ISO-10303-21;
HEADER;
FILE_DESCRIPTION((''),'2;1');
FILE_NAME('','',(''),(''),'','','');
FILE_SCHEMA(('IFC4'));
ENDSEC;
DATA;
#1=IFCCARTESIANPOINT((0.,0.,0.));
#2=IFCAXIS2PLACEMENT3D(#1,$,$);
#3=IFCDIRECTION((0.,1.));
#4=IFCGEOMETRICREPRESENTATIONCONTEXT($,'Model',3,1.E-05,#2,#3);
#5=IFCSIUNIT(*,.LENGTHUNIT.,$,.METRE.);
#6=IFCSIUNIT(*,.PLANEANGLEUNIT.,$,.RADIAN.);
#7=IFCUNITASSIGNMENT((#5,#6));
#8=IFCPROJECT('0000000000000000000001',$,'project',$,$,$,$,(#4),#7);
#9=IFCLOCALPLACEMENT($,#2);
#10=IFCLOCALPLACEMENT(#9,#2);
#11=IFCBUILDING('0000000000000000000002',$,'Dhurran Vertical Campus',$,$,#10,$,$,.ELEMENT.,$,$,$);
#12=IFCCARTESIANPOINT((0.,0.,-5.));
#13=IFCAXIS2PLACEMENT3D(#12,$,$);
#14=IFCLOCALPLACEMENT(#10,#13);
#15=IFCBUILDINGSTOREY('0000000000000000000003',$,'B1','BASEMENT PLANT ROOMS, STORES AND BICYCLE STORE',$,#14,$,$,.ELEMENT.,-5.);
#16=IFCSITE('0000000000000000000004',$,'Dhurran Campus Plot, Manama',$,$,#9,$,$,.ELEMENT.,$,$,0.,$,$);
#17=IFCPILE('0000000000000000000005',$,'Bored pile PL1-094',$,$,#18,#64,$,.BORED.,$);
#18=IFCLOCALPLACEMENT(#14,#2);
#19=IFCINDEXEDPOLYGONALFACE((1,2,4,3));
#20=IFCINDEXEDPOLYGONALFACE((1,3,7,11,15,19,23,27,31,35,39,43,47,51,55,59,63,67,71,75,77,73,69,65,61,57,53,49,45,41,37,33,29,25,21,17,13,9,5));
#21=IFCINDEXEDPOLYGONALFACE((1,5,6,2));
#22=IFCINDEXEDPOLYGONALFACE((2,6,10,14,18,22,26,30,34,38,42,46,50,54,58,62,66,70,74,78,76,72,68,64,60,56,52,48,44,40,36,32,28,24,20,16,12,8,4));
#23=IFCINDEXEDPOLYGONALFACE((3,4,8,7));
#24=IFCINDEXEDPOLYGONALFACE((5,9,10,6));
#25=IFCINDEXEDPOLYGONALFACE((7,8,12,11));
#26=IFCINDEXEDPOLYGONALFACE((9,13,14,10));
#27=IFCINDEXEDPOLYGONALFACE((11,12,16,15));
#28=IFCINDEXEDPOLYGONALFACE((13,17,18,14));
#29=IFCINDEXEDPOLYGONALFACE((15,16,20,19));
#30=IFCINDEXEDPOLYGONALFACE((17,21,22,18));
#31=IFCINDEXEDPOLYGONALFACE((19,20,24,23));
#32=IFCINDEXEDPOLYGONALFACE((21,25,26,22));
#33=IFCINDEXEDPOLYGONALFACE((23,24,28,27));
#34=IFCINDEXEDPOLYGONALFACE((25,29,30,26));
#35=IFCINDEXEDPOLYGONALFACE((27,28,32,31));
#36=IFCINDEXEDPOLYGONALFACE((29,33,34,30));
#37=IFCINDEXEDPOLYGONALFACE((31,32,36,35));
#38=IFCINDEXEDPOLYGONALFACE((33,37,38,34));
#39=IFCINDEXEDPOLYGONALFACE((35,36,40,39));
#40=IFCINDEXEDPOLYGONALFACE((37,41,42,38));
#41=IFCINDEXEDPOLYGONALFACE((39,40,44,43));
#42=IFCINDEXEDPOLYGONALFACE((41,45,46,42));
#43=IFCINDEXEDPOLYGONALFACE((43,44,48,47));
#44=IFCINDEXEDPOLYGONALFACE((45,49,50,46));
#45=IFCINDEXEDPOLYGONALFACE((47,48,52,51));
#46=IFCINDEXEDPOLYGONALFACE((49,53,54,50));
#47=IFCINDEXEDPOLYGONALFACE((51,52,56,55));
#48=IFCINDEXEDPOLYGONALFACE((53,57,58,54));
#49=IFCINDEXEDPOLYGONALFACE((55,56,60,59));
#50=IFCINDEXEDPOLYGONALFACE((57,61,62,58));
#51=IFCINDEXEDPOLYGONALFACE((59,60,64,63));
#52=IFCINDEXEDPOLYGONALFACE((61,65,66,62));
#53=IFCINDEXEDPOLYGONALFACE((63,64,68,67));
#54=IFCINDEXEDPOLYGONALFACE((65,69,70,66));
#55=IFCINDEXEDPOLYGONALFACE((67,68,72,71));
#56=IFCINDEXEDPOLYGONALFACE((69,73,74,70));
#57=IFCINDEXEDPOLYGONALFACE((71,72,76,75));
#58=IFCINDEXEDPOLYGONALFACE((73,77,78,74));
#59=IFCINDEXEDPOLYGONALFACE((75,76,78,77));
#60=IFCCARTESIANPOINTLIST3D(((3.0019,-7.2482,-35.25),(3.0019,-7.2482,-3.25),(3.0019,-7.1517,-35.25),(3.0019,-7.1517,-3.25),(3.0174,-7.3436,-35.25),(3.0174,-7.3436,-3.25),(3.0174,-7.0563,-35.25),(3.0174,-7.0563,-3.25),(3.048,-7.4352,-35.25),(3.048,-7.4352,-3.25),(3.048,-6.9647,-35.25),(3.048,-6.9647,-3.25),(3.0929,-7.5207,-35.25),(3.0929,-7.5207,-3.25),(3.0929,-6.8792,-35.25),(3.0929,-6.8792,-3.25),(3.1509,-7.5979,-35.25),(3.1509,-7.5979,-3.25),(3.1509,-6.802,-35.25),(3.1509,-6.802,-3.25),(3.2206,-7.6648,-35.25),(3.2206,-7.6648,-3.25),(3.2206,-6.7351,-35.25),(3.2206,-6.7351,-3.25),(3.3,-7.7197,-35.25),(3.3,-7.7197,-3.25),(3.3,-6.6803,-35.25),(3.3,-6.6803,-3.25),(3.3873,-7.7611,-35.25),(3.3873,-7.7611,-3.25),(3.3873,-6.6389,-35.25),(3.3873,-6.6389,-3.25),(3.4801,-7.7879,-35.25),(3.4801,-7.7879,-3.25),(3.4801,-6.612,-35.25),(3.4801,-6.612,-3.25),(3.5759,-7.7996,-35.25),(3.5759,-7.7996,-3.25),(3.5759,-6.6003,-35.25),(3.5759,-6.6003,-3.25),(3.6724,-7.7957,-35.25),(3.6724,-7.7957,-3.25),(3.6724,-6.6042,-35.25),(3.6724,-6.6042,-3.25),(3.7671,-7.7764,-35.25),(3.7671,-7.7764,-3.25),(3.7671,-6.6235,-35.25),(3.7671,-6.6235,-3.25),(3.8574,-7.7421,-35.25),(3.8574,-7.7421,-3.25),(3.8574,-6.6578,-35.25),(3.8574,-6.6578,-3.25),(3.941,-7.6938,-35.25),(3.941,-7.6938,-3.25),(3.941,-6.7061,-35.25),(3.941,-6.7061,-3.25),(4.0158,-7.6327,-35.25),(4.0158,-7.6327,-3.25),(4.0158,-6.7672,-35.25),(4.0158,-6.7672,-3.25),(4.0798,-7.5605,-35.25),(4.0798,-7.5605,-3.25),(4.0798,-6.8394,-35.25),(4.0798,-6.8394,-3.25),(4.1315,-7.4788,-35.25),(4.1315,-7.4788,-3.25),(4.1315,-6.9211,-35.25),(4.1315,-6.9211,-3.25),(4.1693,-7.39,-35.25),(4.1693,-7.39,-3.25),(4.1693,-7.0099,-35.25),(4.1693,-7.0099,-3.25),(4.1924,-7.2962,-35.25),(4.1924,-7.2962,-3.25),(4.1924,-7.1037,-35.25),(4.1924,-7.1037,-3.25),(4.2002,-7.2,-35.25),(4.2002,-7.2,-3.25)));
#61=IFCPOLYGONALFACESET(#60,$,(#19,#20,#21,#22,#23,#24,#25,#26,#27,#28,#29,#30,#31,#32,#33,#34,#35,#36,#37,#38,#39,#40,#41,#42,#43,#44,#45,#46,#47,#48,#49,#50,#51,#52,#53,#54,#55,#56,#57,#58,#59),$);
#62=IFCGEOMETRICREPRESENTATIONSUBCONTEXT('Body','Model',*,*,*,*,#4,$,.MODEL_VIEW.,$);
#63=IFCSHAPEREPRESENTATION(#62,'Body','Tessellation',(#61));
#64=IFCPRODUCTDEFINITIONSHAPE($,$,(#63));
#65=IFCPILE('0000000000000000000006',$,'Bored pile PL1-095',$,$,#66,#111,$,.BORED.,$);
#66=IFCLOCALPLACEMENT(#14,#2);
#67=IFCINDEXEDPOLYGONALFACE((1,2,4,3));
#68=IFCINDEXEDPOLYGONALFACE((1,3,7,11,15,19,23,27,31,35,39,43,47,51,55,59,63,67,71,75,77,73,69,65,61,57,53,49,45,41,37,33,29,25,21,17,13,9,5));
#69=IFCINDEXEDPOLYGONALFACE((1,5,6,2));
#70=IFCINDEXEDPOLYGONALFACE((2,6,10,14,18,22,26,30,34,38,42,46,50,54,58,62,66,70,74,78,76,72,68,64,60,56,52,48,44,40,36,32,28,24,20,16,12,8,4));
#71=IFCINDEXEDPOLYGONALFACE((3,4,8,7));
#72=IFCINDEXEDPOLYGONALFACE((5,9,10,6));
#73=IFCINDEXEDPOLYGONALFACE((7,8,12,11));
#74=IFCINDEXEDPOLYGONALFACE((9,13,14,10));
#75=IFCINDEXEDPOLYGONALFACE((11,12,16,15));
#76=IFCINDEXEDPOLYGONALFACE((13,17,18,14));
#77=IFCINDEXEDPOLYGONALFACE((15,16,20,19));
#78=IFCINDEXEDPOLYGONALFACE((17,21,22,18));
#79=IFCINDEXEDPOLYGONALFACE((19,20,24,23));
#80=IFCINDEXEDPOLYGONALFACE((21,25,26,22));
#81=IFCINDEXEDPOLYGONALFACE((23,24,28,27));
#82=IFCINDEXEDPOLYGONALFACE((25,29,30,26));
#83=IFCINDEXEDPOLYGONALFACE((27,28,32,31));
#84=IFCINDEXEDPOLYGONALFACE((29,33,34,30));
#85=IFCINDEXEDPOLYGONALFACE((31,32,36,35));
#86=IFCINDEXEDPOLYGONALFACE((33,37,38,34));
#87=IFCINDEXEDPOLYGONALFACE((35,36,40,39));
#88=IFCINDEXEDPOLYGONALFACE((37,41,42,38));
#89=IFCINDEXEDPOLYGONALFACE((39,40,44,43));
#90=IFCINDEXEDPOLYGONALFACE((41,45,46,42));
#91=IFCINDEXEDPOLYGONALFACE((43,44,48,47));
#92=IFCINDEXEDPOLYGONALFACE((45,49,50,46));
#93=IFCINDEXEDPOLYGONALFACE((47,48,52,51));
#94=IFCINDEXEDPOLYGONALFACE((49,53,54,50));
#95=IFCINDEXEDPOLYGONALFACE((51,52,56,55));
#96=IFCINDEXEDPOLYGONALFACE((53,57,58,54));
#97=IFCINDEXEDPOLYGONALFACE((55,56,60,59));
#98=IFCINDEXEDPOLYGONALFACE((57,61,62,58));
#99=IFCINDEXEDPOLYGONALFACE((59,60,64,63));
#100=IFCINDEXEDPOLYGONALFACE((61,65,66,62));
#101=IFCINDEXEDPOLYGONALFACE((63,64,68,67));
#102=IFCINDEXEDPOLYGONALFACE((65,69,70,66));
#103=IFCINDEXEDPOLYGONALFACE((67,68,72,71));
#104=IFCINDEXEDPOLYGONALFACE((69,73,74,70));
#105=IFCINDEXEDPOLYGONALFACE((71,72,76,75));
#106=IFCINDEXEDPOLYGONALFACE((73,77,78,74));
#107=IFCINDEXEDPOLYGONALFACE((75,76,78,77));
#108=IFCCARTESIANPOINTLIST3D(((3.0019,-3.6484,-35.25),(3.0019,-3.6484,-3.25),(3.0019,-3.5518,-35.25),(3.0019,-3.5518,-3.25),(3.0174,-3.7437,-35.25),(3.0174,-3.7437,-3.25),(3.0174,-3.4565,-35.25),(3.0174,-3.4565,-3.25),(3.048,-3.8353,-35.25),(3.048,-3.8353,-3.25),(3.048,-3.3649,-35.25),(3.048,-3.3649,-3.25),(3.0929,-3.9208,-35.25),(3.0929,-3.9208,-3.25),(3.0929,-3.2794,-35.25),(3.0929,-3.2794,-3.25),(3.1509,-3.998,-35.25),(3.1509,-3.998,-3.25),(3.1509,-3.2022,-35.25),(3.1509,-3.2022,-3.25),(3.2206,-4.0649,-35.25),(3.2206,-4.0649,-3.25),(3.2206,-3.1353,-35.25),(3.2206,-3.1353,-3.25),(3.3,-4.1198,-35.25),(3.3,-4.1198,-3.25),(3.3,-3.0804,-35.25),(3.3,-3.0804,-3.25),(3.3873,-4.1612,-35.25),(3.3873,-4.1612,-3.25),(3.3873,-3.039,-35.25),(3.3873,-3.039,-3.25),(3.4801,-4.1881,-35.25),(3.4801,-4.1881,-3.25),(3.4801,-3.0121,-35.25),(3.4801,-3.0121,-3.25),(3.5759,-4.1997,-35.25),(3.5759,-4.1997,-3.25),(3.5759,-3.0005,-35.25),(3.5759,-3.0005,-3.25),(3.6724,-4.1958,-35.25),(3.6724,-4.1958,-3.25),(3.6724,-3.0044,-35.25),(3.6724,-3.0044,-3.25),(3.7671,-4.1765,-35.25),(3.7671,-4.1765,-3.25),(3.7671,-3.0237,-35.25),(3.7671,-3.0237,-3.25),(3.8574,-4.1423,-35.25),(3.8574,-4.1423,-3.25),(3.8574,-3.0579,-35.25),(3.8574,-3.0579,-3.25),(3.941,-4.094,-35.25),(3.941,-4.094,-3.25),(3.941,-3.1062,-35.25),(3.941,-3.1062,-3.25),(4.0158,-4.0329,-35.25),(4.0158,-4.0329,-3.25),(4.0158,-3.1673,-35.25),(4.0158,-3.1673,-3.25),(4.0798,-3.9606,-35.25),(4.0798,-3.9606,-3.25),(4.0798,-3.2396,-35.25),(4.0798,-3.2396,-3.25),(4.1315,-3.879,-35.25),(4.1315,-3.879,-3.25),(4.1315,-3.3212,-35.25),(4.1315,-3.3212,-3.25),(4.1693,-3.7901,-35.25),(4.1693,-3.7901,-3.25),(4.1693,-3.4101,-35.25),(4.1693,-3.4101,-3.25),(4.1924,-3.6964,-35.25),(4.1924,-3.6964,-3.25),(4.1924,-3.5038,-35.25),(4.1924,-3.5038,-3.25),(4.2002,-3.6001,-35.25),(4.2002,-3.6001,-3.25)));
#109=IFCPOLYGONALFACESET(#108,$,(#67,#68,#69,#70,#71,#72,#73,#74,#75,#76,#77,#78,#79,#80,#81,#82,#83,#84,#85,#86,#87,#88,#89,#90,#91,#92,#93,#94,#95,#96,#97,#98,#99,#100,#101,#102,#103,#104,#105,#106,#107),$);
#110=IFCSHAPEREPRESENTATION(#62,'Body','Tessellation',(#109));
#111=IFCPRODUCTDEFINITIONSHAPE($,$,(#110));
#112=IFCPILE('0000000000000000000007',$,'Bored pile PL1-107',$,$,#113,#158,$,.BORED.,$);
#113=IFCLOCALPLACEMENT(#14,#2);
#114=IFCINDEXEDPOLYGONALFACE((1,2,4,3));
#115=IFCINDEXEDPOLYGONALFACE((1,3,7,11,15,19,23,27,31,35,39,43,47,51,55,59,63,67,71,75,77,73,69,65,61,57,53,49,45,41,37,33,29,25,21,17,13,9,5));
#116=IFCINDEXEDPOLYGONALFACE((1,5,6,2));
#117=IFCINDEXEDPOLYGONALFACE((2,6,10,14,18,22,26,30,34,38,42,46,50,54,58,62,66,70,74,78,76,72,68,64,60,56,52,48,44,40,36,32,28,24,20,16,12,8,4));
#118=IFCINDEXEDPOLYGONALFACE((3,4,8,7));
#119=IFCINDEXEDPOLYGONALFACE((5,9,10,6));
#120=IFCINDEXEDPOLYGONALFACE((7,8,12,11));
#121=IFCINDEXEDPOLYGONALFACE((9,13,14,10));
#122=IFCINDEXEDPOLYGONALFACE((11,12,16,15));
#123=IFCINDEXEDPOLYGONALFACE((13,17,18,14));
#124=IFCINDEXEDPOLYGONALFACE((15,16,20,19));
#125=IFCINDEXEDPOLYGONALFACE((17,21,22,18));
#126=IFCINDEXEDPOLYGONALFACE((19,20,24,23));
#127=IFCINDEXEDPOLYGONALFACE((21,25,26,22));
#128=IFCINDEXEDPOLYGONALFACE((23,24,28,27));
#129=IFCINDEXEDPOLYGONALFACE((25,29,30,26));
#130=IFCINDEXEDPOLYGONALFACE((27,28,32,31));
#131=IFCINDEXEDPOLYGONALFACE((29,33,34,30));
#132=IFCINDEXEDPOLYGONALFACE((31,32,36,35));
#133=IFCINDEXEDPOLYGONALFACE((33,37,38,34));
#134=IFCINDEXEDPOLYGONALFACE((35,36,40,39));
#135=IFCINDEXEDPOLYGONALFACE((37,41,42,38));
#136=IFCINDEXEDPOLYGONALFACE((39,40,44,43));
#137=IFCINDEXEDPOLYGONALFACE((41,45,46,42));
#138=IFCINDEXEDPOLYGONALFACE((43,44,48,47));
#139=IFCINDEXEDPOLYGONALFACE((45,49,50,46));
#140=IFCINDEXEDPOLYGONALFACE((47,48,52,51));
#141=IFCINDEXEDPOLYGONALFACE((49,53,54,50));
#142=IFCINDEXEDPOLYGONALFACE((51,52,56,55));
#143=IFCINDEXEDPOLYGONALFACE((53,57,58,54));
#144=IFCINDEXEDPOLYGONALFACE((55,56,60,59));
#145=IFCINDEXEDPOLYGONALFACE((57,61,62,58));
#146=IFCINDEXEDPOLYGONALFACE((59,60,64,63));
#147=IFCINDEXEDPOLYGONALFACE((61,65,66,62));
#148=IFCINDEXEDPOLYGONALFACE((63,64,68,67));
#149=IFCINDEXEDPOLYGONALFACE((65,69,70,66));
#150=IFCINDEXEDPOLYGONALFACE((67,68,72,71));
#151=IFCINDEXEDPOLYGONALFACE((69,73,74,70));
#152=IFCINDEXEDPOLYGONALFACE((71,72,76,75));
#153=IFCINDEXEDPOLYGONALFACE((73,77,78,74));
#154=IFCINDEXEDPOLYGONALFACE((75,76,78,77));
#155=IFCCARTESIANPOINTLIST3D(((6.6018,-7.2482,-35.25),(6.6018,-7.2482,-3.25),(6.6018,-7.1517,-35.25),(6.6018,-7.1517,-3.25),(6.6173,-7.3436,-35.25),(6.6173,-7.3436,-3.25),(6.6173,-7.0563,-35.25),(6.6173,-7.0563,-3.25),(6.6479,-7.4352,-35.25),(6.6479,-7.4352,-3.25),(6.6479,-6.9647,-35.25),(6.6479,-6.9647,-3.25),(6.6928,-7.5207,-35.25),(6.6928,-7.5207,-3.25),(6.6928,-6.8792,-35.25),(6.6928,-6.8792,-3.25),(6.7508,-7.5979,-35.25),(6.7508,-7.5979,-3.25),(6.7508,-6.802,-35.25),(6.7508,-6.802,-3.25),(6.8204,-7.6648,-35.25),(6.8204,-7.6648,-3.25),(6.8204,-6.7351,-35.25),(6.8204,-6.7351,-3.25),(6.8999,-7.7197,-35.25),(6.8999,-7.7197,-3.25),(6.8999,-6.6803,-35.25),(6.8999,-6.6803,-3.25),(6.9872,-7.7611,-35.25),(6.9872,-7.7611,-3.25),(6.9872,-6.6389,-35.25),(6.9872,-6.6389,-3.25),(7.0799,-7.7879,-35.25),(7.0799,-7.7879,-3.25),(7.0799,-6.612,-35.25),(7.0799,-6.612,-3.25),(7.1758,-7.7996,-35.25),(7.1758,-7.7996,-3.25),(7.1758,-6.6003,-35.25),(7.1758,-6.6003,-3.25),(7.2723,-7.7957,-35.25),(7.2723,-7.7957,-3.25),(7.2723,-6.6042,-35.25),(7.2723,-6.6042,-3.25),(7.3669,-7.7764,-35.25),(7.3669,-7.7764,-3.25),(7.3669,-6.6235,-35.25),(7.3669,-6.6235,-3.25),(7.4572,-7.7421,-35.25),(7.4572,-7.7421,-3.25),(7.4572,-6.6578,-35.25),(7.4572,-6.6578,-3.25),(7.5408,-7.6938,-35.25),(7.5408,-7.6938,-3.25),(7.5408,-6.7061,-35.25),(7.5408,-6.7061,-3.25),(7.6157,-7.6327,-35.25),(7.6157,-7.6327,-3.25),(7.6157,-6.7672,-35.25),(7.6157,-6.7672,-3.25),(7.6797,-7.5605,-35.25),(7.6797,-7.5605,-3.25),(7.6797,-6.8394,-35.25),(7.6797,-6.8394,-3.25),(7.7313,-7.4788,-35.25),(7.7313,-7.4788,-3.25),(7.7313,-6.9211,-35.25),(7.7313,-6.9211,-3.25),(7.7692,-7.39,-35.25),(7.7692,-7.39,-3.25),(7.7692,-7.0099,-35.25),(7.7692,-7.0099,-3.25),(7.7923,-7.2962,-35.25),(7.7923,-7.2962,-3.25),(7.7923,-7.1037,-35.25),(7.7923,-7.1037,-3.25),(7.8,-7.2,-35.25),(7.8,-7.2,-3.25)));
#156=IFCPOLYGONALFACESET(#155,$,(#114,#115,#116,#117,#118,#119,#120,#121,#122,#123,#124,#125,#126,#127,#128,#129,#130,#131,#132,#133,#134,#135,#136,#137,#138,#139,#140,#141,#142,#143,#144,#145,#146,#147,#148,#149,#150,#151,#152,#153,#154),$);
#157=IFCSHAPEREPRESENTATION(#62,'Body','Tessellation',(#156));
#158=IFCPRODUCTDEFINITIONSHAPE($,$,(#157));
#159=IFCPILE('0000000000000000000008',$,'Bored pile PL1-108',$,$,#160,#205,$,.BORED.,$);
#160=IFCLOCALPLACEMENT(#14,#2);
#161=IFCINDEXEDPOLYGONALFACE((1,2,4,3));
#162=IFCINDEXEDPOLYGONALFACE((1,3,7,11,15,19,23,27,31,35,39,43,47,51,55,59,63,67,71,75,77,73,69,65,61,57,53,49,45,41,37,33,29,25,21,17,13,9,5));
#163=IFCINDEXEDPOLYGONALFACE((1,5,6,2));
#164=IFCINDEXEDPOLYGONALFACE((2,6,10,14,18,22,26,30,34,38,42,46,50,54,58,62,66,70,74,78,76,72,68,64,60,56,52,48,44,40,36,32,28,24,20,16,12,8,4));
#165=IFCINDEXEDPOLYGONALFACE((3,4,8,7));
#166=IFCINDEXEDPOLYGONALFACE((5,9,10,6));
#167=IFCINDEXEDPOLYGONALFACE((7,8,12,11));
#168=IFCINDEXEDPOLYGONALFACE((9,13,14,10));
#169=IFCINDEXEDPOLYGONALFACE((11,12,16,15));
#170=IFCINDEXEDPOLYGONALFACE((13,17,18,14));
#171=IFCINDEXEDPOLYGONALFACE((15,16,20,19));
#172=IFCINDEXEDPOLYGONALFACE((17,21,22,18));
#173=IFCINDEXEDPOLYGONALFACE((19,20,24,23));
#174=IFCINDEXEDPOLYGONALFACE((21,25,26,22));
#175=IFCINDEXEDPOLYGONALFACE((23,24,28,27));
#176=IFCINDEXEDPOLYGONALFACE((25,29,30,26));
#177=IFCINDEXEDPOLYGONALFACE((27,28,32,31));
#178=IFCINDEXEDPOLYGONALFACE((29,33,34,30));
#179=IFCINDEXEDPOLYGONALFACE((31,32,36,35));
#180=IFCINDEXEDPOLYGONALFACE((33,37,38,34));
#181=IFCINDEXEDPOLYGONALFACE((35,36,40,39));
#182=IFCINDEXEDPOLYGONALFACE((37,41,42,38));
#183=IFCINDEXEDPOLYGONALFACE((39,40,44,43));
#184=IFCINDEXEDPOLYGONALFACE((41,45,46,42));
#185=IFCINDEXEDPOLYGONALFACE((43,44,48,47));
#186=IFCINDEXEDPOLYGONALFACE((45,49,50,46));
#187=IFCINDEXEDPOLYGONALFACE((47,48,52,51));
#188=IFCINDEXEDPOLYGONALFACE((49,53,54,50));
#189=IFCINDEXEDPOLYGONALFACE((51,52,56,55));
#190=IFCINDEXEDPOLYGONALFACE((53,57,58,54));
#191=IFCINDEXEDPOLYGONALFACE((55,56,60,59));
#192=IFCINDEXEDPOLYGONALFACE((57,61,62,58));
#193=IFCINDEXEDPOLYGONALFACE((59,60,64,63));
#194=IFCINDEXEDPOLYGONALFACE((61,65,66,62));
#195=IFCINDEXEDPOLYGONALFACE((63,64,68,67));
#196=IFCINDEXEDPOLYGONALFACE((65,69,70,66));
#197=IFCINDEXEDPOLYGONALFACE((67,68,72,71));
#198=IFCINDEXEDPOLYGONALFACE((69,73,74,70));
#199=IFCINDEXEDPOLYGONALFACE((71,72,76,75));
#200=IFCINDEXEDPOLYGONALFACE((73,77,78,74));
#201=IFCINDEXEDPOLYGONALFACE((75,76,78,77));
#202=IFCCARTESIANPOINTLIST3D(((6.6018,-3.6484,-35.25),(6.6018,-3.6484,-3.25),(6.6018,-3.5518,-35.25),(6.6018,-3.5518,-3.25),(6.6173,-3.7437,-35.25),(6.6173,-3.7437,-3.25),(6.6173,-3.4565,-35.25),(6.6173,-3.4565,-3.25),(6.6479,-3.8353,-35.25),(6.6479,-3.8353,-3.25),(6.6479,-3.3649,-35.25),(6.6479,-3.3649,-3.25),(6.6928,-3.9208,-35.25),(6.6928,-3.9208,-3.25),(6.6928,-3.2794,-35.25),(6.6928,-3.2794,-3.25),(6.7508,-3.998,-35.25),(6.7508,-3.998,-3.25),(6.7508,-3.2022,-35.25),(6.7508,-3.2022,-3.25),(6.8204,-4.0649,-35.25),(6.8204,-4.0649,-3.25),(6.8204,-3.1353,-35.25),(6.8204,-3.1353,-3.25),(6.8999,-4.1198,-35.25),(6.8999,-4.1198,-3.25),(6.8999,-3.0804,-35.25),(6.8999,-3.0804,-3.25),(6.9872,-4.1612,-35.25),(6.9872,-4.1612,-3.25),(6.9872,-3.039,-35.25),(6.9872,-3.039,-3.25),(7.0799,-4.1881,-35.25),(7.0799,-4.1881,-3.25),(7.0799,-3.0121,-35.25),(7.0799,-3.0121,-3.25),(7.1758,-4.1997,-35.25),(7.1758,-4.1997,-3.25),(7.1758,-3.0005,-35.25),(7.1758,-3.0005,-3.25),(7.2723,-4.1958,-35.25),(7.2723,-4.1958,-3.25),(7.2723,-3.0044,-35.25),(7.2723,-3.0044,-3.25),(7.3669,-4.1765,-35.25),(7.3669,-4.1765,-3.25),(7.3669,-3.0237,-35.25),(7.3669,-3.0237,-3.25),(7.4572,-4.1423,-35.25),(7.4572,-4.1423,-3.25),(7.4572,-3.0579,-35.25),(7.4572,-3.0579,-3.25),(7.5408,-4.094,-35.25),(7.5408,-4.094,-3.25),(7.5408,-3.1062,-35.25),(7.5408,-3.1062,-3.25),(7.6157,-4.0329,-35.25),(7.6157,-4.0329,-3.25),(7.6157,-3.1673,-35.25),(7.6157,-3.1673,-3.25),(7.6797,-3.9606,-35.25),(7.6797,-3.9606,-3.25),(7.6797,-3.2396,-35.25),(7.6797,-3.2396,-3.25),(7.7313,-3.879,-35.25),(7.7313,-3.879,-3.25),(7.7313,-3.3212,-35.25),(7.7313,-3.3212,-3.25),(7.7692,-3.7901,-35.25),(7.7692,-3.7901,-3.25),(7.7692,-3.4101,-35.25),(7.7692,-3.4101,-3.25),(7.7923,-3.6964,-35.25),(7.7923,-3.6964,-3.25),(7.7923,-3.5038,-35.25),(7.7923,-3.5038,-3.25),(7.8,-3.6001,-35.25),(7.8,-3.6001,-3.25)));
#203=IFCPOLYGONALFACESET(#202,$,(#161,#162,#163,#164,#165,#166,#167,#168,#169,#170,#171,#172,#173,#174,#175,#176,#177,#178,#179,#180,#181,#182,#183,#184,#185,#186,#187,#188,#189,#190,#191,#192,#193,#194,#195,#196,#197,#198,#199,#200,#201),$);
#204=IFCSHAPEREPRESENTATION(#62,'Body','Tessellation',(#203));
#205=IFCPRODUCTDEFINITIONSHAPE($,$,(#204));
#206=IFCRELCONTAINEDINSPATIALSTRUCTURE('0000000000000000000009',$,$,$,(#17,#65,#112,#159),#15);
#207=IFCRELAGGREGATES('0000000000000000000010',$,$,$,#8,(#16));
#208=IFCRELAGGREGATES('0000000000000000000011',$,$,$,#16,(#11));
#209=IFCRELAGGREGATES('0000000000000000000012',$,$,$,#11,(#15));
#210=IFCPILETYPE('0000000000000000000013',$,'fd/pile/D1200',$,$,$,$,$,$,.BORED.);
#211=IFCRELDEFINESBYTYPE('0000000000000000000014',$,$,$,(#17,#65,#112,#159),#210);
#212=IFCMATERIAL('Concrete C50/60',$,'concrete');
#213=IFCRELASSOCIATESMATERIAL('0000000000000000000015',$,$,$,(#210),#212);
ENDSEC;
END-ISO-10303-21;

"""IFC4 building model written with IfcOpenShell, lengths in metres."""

from ifc_helpers import new_model, si_unit, direction, frame, origin, origin_2d, place, context, subcontext, project, spatial, circle, extrude, material, material_profile, profile_set, type_object, element, save


model = new_model("IFC4")

# Units and contexts
model_context = context("Model", 3, precision=1e-05, world=origin(), true_north=direction((0.0, 1.0)))
body_context = subcontext(model_context, "Body", "Model", "MODEL_VIEW")
ifc_project = project(units=[si_unit("LENGTHUNIT", "METRE"), si_unit("PLANEANGLEUNIT", "RADIAN")], contexts=[model_context])

# Site, building, storey
site_placement = place(None, origin())
site = spatial("IfcSite", under=ifc_project, at=site_placement, Name="Dhurran Campus Plot, Manama", CompositionType="ELEMENT", RefElevation=0.0)
building_placement = place(site_placement, origin())
building = spatial("IfcBuilding", under=site, at=building_placement, Name="Dhurran Vertical Campus", CompositionType="ELEMENT")
storey_placement = place(building_placement, frame((0.0, 0.0, -5.0)))
storey = spatial("IfcBuildingStorey", under=building, at=storey_placement, Name="B1", Description="BASEMENT PLANT ROOMS, STORES AND BICYCLE STORE", CompositionType="ELEMENT", Elevation=-5.0)

# Piles
ifc_material_1 = material(Name="Concrete C50/60", Category="concrete")
ifc_material_profile = material_profile(ifc_material_1, circle(Radius=0.6001, at=origin_2d()), Name="fd/pile/D1200")
ifc_profile_set = profile_set([ifc_material_profile], Name="Concrete C50/60")
pile_type = type_object("IfcPileType", Name="fd/pile/D1200", PredefinedType="BORED", material=ifc_profile_set)
for number, where, z_axis, x_axis, name in (
    (1, (3.6001, -7.2, -3.25), (0.0, 0.0, -1.0), (1.0, 0.0, 0.0), "Bored pile PL1-094"),
    (2, (3.6001, -3.6001, -3.25), (0.0, 0.0, -1.0), (1.0, 0.0, 0.0), "Bored pile PL1-095"),
    (3, (7.2, -7.2, -3.25), (0.0, 0.0, -1.0), (1.0, 0.0, 0.0), "Bored pile PL1-107"),
    (4, (7.2, -3.6001, -3.25), (0.0, 0.0, -1.0), (1.0, 0.0, 0.0), "Bored pile PL1-108"),
):
    element("IfcPile", number, at=place(storey_placement, frame(where, z_axis=z_axis, x_axis=x_axis)), inside=storey, type_object=pile_type, Name=name, PredefinedType="BORED", context=body_context, shape_type="SweptSolid", body=[
        extrude(circle(Radius=0.6001, at=origin_2d()), origin(), (0.0, 0.0, 1.0), 32.0),
    ])

save(model, "model.ifc")
